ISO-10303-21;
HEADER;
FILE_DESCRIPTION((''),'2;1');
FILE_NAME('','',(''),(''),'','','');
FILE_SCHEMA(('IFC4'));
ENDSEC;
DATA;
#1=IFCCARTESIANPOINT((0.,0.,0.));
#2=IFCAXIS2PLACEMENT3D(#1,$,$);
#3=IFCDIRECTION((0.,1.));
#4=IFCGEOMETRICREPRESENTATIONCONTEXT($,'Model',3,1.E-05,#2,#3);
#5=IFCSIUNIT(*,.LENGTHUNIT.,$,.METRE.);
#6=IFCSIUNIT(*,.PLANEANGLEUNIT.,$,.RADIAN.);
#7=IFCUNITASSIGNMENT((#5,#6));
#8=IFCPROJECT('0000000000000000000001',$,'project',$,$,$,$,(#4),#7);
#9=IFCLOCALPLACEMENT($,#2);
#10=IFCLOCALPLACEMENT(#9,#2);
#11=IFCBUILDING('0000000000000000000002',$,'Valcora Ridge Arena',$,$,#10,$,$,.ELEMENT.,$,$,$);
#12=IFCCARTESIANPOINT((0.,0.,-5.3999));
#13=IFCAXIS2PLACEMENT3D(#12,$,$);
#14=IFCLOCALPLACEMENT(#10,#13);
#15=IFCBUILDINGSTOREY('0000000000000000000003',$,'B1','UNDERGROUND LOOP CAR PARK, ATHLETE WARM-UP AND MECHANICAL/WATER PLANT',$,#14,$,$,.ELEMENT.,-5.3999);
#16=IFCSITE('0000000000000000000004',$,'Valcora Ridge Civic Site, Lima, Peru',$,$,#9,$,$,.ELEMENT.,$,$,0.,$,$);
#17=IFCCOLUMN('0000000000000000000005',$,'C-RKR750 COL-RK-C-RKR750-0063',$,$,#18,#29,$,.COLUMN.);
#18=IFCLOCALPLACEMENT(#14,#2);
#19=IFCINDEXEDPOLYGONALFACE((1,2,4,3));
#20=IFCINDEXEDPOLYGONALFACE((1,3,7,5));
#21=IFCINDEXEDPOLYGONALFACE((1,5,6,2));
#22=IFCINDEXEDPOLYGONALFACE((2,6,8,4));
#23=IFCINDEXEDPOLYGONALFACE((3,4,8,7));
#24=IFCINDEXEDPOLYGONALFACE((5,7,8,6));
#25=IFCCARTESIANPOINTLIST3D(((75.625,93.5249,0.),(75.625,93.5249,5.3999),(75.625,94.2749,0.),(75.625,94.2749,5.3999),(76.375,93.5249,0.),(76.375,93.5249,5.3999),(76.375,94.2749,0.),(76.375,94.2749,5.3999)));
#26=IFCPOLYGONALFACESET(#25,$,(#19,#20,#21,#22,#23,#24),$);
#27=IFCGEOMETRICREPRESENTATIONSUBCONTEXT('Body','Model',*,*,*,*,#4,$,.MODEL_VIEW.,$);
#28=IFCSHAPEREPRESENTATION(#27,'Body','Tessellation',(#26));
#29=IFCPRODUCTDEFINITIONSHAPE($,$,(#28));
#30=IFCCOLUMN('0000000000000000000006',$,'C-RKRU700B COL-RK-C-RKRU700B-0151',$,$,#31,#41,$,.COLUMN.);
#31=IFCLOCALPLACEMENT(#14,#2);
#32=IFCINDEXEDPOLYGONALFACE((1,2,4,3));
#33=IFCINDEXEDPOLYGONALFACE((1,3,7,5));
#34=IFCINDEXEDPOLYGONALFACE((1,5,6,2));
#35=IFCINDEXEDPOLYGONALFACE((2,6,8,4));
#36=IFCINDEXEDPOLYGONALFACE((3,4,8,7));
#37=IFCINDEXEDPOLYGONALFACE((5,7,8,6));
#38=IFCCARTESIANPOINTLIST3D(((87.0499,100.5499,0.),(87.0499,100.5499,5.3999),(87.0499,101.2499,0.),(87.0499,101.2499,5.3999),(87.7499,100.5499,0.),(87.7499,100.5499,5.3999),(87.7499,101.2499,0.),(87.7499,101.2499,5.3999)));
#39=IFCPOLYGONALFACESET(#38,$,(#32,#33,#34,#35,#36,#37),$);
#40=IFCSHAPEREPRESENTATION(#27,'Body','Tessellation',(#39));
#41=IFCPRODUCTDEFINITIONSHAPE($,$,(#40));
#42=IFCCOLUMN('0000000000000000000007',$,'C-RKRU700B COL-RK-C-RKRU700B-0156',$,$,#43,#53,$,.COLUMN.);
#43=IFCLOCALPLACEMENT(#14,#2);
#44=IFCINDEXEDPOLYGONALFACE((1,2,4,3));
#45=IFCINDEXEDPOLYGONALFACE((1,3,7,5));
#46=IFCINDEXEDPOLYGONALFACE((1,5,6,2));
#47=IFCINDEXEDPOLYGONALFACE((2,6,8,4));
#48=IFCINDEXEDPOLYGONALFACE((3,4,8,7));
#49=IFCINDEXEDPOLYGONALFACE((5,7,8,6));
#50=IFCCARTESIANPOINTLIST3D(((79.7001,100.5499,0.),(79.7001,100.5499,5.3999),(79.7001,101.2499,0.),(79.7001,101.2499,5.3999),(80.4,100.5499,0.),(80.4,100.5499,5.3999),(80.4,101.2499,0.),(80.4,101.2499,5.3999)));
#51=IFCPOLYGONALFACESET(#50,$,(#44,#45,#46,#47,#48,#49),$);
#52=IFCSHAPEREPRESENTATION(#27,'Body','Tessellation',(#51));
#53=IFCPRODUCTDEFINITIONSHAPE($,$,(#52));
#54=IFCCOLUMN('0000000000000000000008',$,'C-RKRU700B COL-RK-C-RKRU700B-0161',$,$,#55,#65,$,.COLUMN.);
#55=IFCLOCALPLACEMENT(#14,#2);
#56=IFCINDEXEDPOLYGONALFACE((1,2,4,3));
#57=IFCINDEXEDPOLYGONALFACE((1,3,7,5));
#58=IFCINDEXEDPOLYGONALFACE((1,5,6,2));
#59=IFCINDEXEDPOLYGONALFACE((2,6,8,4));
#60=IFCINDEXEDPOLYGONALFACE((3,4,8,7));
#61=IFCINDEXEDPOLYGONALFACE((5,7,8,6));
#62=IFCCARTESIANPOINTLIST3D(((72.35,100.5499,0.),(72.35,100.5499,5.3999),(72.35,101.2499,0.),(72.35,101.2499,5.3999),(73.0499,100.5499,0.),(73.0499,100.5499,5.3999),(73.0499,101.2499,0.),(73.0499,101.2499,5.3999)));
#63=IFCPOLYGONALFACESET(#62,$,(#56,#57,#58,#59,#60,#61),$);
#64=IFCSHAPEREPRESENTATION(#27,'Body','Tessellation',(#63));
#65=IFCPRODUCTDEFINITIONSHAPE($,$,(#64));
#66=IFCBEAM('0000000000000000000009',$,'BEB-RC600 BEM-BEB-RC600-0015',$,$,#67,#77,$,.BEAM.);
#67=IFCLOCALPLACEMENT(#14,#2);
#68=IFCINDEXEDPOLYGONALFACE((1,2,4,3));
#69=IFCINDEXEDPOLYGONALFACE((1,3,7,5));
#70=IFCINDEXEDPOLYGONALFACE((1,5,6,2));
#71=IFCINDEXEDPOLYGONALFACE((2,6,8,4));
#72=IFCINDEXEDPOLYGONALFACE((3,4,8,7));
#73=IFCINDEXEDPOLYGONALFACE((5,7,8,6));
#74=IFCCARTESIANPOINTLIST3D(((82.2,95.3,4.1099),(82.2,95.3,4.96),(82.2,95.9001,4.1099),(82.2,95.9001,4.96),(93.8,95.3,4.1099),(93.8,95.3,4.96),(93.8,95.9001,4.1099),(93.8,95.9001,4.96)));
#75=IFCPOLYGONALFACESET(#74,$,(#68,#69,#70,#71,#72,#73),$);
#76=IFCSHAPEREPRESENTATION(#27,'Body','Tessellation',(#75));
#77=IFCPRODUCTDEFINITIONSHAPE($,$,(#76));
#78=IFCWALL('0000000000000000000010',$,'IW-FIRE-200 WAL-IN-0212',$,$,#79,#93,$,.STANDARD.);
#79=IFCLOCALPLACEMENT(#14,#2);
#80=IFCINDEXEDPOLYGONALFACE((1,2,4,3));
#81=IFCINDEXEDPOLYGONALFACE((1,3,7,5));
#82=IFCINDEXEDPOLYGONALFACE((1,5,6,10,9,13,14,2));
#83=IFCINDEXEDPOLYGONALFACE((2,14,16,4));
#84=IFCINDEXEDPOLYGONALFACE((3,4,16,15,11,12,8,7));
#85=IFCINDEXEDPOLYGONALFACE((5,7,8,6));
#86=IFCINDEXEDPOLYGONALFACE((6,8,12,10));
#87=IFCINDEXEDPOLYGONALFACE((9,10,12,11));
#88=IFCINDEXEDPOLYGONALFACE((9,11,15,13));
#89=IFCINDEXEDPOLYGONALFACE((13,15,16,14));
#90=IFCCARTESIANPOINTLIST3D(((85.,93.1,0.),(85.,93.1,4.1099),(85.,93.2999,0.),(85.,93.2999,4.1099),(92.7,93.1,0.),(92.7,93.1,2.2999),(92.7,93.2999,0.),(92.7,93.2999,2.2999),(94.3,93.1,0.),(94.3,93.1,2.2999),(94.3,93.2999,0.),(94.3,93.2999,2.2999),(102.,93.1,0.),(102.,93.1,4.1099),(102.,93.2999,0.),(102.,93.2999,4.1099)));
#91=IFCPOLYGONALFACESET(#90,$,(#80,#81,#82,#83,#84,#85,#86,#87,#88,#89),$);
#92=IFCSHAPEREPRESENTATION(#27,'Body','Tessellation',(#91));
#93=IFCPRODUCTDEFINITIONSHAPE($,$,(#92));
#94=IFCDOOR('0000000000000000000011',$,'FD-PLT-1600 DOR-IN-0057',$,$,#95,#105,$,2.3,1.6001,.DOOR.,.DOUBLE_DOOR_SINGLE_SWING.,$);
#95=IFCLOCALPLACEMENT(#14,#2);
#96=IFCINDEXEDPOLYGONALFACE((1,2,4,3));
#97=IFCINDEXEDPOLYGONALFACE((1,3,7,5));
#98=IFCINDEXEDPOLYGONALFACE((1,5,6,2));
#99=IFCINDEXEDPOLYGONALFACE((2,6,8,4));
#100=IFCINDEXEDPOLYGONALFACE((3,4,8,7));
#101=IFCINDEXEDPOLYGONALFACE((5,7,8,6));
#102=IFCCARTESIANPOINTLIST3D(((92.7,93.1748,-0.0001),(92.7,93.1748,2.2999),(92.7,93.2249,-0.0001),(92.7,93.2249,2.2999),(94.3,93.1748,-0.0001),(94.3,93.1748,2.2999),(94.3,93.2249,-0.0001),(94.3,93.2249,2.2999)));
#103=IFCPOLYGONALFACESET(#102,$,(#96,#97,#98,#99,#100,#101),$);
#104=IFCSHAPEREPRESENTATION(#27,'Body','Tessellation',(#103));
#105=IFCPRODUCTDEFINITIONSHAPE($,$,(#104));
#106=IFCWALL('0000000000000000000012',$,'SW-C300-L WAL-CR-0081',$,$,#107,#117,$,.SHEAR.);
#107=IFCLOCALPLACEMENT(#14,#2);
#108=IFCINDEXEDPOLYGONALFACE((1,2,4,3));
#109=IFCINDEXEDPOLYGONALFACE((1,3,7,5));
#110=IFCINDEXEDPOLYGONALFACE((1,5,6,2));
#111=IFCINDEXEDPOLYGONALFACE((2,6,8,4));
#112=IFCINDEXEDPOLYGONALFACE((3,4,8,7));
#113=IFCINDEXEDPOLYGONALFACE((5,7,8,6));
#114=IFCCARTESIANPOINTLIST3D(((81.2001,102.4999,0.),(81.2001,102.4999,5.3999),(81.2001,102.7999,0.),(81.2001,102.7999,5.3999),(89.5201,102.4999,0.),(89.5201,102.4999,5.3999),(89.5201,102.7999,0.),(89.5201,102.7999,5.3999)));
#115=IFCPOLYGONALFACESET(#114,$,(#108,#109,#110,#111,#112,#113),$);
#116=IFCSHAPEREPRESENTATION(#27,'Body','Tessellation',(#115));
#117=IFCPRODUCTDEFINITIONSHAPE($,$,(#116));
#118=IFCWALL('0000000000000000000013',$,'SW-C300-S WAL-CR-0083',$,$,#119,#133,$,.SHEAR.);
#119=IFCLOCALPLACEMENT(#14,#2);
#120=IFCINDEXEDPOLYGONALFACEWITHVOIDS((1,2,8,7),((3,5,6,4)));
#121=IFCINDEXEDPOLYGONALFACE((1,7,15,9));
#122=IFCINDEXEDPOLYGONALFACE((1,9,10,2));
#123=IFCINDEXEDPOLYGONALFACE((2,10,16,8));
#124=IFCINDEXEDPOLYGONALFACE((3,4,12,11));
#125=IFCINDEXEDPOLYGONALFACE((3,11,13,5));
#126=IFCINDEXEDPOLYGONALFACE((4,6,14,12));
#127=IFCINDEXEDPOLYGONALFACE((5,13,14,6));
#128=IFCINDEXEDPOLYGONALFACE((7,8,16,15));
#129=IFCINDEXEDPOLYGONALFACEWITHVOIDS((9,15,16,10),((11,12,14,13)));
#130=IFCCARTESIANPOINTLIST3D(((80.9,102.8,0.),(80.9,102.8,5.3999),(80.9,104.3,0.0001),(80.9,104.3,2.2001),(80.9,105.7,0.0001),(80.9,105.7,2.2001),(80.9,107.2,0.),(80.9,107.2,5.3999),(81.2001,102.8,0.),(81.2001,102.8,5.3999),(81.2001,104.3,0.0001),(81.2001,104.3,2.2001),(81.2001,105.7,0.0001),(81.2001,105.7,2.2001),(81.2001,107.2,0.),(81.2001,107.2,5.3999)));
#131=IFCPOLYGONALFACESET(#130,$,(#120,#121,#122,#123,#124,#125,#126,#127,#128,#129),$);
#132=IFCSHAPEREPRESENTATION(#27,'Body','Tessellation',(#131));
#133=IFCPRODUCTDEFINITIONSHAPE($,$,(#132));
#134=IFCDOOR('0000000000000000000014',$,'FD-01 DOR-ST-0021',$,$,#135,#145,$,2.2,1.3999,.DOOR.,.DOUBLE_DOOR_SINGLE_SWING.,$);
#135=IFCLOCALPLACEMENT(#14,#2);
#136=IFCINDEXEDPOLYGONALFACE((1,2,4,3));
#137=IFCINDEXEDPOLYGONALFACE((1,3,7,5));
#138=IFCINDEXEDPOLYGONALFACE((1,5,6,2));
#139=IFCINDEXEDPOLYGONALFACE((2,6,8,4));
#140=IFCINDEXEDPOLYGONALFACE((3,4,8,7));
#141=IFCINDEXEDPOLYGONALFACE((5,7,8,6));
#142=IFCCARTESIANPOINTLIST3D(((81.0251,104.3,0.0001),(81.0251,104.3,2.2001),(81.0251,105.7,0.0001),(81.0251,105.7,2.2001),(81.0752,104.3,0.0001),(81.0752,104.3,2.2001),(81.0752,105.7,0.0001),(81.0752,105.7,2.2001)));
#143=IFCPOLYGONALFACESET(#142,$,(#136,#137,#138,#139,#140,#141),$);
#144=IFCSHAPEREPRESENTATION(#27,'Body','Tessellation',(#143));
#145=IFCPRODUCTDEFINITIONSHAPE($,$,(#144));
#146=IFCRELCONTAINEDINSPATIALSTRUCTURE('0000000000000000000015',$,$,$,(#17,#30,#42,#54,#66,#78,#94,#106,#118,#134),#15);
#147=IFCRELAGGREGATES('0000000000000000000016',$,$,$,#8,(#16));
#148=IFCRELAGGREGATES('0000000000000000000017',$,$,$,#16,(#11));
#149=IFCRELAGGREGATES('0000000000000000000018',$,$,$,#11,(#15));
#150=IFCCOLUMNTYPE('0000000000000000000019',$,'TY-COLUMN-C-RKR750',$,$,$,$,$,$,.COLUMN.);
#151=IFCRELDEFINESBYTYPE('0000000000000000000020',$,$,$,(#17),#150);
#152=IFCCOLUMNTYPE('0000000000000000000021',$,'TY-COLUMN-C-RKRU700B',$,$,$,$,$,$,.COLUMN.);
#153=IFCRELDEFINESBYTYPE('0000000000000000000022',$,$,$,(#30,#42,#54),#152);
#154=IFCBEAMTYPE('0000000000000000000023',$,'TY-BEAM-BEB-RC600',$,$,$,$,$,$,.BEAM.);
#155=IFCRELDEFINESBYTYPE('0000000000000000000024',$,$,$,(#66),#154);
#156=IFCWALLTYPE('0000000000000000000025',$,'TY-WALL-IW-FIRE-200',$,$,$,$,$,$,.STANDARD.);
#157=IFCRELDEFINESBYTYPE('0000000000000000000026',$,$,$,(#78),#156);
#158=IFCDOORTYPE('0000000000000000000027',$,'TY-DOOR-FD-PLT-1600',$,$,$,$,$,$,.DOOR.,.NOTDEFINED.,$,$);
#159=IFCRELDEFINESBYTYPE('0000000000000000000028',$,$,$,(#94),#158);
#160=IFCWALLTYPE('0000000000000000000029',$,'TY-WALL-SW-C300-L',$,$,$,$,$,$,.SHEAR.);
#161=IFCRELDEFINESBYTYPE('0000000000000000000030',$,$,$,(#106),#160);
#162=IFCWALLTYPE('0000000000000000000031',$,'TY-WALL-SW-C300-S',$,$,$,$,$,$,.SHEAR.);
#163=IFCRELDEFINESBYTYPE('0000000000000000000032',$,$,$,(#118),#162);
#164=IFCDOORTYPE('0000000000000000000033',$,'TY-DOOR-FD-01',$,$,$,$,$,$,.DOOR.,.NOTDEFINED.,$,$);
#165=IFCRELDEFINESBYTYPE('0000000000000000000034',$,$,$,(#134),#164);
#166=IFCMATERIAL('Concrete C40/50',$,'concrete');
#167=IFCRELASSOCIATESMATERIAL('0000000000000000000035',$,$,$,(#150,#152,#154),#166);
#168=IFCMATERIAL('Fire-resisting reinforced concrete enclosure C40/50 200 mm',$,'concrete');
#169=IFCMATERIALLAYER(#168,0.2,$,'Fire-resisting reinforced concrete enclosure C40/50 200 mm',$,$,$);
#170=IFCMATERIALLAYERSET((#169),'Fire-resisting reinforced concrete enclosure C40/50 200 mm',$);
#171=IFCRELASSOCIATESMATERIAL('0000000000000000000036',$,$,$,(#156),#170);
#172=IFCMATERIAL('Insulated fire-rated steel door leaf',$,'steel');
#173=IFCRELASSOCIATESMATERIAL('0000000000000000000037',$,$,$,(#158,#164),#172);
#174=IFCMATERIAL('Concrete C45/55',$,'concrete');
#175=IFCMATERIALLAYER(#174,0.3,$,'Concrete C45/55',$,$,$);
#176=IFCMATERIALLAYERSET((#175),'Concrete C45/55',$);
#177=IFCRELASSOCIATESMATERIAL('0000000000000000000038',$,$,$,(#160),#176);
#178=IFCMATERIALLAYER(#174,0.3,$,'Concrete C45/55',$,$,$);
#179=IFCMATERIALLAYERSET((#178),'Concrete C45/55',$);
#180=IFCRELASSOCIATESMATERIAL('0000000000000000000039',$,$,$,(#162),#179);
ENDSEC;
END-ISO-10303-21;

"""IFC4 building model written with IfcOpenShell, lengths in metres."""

from ifc_helpers import new_model, si_unit, direction, frame, frame_2d, origin, origin_2d, place, context, subcontext, project, spatial, rectangle, extrude, material, layer, layer_set, material_profile, profile_set, type_object, element, fill, save


model = new_model("IFC4")

# Units and contexts
model_context = context("Model", 3, precision=1e-05, world=origin(), true_north=direction((0.0, 1.0)))
body_context = subcontext(model_context, "Body", "Model", "MODEL_VIEW")
ifc_project = project(units=[si_unit("LENGTHUNIT", "METRE"), si_unit("PLANEANGLEUNIT", "RADIAN")], contexts=[model_context])

# Site, building, storey
site_placement = place(None, origin())
site = spatial("IfcSite", under=ifc_project, at=site_placement, Name="Valcora Ridge Civic Site, Lima, Peru", CompositionType="ELEMENT", RefElevation=0.0)
building_placement = place(site_placement, origin())
building = spatial("IfcBuilding", under=site, at=building_placement, Name="Valcora Ridge Arena", CompositionType="ELEMENT")
storey_placement = place(building_placement, frame((0.0, 0.0, -5.3999)))
storey = spatial("IfcBuildingStorey", under=building, at=storey_placement, Name="B1", Description="UNDERGROUND LOOP CAR PARK, ATHLETE WARM-UP AND MECHANICAL/WATER PLANT", CompositionType="ELEMENT", Elevation=-5.3999)

# Shared definitions
ifc_material_1 = material(Name="Concrete C40/50", Category="concrete")

# Columns
ifc_material_profile_1 = material_profile(ifc_material_1, rectangle(XDim=0.75, YDim=0.75, at=origin_2d()), Name="RC 750x750")
ifc_profile_set_1 = profile_set([ifc_material_profile_1], Name="Concrete C40/50")
column_type_1 = type_object("IfcColumnType", Name="TY-COLUMN-C-RKR750", PredefinedType="COLUMN", material=ifc_profile_set_1)
for number, where, z_axis, x_axis, name in (
    (1, (76.0, 93.8999, 0.0), (0.0, 0.0, 1.0), (1.0, 0.0, 0.0), "C-RKR750 COL-RK-C-RKR750-0063"),
):
    element("IfcColumn", number, at=place(storey_placement, frame(where, z_axis=z_axis, x_axis=x_axis)), inside=storey, type_object=column_type_1, Name=name, PredefinedType="COLUMN", context=body_context, shape_type="SweptSolid", body=[
        extrude(rectangle(XDim=0.75, YDim=0.75, at=origin_2d()), origin(), (0.0, 0.0, 1.0), 5.3999),
    ])
ifc_material_profile_2 = material_profile(ifc_material_1, rectangle(XDim=0.7, YDim=0.7, at=origin_2d()), Name="RC 700x700")
ifc_profile_set_2 = profile_set([ifc_material_profile_2], Name="Concrete C40/50")
column_type_2 = type_object("IfcColumnType", Name="TY-COLUMN-C-RKRU700B", PredefinedType="COLUMN", material=ifc_profile_set_2)
for number, where, z_axis, x_axis, name in (
    (2, (87.3999, 100.8999, 0.0), (0.0, 0.0, 1.0), (1.0, 0.0, 0.0), "C-RKRU700B COL-RK-C-RKRU700B-0151"),
    (3, (80.05, 100.8999, 0.0), (0.0, 0.0, 1.0), (1.0, 0.0, 0.0), "C-RKRU700B COL-RK-C-RKRU700B-0156"),
    (4, (72.7, 100.8999, 0.0), (0.0, 0.0, 1.0), (1.0, 0.0, 0.0), "C-RKRU700B COL-RK-C-RKRU700B-0161"),
):
    element("IfcColumn", number, at=place(storey_placement, frame(where, z_axis=z_axis, x_axis=x_axis)), inside=storey, type_object=column_type_2, Name=name, PredefinedType="COLUMN", context=body_context, shape_type="SweptSolid", body=[
        extrude(rectangle(XDim=0.7, YDim=0.7, at=origin_2d()), origin(), (0.0, 0.0, 1.0), 5.3999),
    ])

# Beam
ifc_material_profile_3 = material_profile(ifc_material_1, rectangle(XDim=0.6001, YDim=0.8501, at=origin_2d()), Name="RC 600x850")
ifc_profile_set_3 = profile_set([ifc_material_profile_3], Name="Concrete C40/50")
beam_type = type_object("IfcBeamType", Name="TY-BEAM-BEB-RC600", PredefinedType="BEAM", material=ifc_profile_set_3)
beam_placement = place(storey_placement, frame((82.2, 95.6001, 4.5349), z_axis=(1.0, 0.0, 0.0), x_axis=(0.0, 1.0, 0.0)))
element("IfcBeam", 5, at=beam_placement, inside=storey, type_object=beam_type, Name="BEB-RC600 BEM-BEB-RC600-0015", PredefinedType="BEAM", context=body_context, shape_type="SweptSolid", body=[
    extrude(rectangle(XDim=0.6001, YDim=0.8501, at=origin_2d()), origin(), (0.0, 0.0, 1.0), 11.6001),
])

# Wall, opening, door
ifc_material_2 = material(Name="Fire-resisting reinforced concrete enclosure C40/50 200 mm", Category="concrete")
ifc_layer_1 = layer(ifc_material_2, 0.2, Name="Fire-resisting reinforced concrete enclosure C40/50 200 mm")
ifc_layer_set_1 = layer_set([ifc_layer_1], Name="Fire-resisting reinforced concrete enclosure C40/50 200 mm")
wall_type_1 = type_object("IfcWallType", Name="TY-WALL-IW-FIRE-200", PredefinedType="STANDARD", material=ifc_layer_set_1)
wall_1_placement = place(storey_placement, frame((85.0, 93.2, 0.0), z_axis=(0.0, 0.0, 1.0), x_axis=(1.0, 0.0, 0.0)))
wall_1 = element("IfcWall", 6, at=wall_1_placement, inside=storey, type_object=wall_type_1, Name="IW-FIRE-200 WAL-IN-0212", PredefinedType="STANDARD", context=body_context, shape_type="SweptSolid", body=[
    extrude(rectangle(XDim=17.0, YDim=0.2, at=frame_2d((8.5, 0.0))), origin(), (0.0, 0.0, 1.0), 4.1099),
])
opening_1_placement = place(wall_1_placement, frame((7.7, 0.0, 0.0)))
opening_1 = element("IfcOpeningElement", 7, at=opening_1_placement, cuts=wall_1, PredefinedType="OPENING", context=body_context, shape_type="SweptSolid", body=[
    extrude(rectangle(XDim=1.6001, YDim=2.3, at=frame_2d((0.8, 1.1499))), frame((0.0, 0.1099, 0.0), z_axis=(0.0, -1.0, 0.0), x_axis=(1.0, 0.0, 0.0)), (0.0, 0.0, 1.0), 0.22),
])
ifc_material_3 = material(Name="Insulated fire-rated steel door leaf", Category="steel")
door_type_1 = type_object("IfcDoorType", Name="TY-DOOR-FD-PLT-1600", OperationType="NOTDEFINED", PredefinedType="DOOR", material=ifc_material_3)
door_1_placement = place(opening_1_placement, origin())
door_1 = element("IfcDoor", 8, at=door_1_placement, inside=storey, type_object=door_type_1, Name="FD-PLT-1600 DOR-IN-0057", OperationType="DOUBLE_DOOR_SINGLE_SWING", OverallHeight=2.3, OverallWidth=1.6001, PredefinedType="DOOR", context=body_context, shape_type="SweptSolid", body=[
    extrude(rectangle(XDim=1.6001, YDim=2.3, at=frame_2d((0.8, 1.1499))), frame((0.0, 0.0249, 0.0), z_axis=(0.0, -1.0, 0.0), x_axis=(1.0, 0.0, 0.0)), (0.0, 0.0, 1.0), 0.05),
])
fill(opening_1, door_1)

# Wall
ifc_material_4 = material(Name="Concrete C45/55", Category="concrete")
ifc_layer_2 = layer(ifc_material_4, 0.3, Name="Concrete C45/55")
ifc_layer_set_2 = layer_set([ifc_layer_2], Name="Concrete C45/55")
wall_type_2 = type_object("IfcWallType", Name="TY-WALL-SW-C300-L", PredefinedType="SHEAR", material=ifc_layer_set_2)
wall_2_placement = place(storey_placement, frame((81.2, 102.6499, 0.0), z_axis=(0.0, 0.0, 1.0), x_axis=(1.0, 0.0, 0.0)))
element("IfcWall", 9, at=wall_2_placement, inside=storey, type_object=wall_type_2, Name="SW-C300-L WAL-CR-0081", PredefinedType="SHEAR", context=body_context, shape_type="SweptSolid", body=[
    extrude(rectangle(XDim=8.3201, YDim=0.3, at=frame_2d((4.1602, 0.0))), origin(), (0.0, 0.0, 1.0), 5.3999),
])

# Wall, opening, door
ifc_layer_3 = layer(ifc_material_4, 0.3, Name="Concrete C45/55")
ifc_layer_set_3 = layer_set([ifc_layer_3], Name="Concrete C45/55")
wall_type_3 = type_object("IfcWallType", Name="TY-WALL-SW-C300-S", PredefinedType="SHEAR", material=ifc_layer_set_3)
wall_3_placement = place(storey_placement, frame((81.05, 102.8, 0.0), z_axis=(0.0, 0.0, 1.0), x_axis=(0.0, 1.0, 0.0)))
wall_3 = element("IfcWall", 10, at=wall_3_placement, inside=storey, type_object=wall_type_3, Name="SW-C300-S WAL-CR-0083", PredefinedType="SHEAR", context=body_context, shape_type="SweptSolid", body=[
    extrude(rectangle(XDim=4.3999, YDim=0.3, at=frame_2d((2.2, 0.0))), origin(), (0.0, 0.0, 1.0), 5.3999),
])
opening_2_placement = place(wall_3_placement, frame((1.5, 0.0, 0.0)))
opening_2 = element("IfcOpeningElement", 11, at=opening_2_placement, cuts=wall_3, PredefinedType="OPENING", context=body_context, shape_type="SweptSolid", body=[
    extrude(rectangle(XDim=1.3999, YDim=2.2, at=frame_2d((0.7, 1.1001))), frame((0.0, 0.1599, 0.0), z_axis=(0.0, -1.0, 0.0), x_axis=(1.0, 0.0, 0.0)), (0.0, 0.0, 1.0), 0.3201),
])
door_type_2 = type_object("IfcDoorType", Name="TY-DOOR-FD-01", OperationType="NOTDEFINED", PredefinedType="DOOR", material=ifc_material_3)
door_2_placement = place(opening_2_placement, origin())
door_2 = element("IfcDoor", 12, at=door_2_placement, inside=storey, type_object=door_type_2, Name="FD-01 DOR-ST-0021", OperationType="DOUBLE_DOOR_SINGLE_SWING", OverallHeight=2.2, OverallWidth=1.3999, PredefinedType="DOOR", context=body_context, shape_type="SweptSolid", body=[
    extrude(rectangle(XDim=1.3999, YDim=2.2, at=frame_2d((0.7, 1.1001))), frame((0.0, 0.0249, 0.0), z_axis=(0.0, -1.0, 0.0), x_axis=(1.0, 0.0, 0.0)), (0.0, 0.0, 1.0), 0.05),
])
fill(opening_2, door_2)

save(model, "model.ifc")
